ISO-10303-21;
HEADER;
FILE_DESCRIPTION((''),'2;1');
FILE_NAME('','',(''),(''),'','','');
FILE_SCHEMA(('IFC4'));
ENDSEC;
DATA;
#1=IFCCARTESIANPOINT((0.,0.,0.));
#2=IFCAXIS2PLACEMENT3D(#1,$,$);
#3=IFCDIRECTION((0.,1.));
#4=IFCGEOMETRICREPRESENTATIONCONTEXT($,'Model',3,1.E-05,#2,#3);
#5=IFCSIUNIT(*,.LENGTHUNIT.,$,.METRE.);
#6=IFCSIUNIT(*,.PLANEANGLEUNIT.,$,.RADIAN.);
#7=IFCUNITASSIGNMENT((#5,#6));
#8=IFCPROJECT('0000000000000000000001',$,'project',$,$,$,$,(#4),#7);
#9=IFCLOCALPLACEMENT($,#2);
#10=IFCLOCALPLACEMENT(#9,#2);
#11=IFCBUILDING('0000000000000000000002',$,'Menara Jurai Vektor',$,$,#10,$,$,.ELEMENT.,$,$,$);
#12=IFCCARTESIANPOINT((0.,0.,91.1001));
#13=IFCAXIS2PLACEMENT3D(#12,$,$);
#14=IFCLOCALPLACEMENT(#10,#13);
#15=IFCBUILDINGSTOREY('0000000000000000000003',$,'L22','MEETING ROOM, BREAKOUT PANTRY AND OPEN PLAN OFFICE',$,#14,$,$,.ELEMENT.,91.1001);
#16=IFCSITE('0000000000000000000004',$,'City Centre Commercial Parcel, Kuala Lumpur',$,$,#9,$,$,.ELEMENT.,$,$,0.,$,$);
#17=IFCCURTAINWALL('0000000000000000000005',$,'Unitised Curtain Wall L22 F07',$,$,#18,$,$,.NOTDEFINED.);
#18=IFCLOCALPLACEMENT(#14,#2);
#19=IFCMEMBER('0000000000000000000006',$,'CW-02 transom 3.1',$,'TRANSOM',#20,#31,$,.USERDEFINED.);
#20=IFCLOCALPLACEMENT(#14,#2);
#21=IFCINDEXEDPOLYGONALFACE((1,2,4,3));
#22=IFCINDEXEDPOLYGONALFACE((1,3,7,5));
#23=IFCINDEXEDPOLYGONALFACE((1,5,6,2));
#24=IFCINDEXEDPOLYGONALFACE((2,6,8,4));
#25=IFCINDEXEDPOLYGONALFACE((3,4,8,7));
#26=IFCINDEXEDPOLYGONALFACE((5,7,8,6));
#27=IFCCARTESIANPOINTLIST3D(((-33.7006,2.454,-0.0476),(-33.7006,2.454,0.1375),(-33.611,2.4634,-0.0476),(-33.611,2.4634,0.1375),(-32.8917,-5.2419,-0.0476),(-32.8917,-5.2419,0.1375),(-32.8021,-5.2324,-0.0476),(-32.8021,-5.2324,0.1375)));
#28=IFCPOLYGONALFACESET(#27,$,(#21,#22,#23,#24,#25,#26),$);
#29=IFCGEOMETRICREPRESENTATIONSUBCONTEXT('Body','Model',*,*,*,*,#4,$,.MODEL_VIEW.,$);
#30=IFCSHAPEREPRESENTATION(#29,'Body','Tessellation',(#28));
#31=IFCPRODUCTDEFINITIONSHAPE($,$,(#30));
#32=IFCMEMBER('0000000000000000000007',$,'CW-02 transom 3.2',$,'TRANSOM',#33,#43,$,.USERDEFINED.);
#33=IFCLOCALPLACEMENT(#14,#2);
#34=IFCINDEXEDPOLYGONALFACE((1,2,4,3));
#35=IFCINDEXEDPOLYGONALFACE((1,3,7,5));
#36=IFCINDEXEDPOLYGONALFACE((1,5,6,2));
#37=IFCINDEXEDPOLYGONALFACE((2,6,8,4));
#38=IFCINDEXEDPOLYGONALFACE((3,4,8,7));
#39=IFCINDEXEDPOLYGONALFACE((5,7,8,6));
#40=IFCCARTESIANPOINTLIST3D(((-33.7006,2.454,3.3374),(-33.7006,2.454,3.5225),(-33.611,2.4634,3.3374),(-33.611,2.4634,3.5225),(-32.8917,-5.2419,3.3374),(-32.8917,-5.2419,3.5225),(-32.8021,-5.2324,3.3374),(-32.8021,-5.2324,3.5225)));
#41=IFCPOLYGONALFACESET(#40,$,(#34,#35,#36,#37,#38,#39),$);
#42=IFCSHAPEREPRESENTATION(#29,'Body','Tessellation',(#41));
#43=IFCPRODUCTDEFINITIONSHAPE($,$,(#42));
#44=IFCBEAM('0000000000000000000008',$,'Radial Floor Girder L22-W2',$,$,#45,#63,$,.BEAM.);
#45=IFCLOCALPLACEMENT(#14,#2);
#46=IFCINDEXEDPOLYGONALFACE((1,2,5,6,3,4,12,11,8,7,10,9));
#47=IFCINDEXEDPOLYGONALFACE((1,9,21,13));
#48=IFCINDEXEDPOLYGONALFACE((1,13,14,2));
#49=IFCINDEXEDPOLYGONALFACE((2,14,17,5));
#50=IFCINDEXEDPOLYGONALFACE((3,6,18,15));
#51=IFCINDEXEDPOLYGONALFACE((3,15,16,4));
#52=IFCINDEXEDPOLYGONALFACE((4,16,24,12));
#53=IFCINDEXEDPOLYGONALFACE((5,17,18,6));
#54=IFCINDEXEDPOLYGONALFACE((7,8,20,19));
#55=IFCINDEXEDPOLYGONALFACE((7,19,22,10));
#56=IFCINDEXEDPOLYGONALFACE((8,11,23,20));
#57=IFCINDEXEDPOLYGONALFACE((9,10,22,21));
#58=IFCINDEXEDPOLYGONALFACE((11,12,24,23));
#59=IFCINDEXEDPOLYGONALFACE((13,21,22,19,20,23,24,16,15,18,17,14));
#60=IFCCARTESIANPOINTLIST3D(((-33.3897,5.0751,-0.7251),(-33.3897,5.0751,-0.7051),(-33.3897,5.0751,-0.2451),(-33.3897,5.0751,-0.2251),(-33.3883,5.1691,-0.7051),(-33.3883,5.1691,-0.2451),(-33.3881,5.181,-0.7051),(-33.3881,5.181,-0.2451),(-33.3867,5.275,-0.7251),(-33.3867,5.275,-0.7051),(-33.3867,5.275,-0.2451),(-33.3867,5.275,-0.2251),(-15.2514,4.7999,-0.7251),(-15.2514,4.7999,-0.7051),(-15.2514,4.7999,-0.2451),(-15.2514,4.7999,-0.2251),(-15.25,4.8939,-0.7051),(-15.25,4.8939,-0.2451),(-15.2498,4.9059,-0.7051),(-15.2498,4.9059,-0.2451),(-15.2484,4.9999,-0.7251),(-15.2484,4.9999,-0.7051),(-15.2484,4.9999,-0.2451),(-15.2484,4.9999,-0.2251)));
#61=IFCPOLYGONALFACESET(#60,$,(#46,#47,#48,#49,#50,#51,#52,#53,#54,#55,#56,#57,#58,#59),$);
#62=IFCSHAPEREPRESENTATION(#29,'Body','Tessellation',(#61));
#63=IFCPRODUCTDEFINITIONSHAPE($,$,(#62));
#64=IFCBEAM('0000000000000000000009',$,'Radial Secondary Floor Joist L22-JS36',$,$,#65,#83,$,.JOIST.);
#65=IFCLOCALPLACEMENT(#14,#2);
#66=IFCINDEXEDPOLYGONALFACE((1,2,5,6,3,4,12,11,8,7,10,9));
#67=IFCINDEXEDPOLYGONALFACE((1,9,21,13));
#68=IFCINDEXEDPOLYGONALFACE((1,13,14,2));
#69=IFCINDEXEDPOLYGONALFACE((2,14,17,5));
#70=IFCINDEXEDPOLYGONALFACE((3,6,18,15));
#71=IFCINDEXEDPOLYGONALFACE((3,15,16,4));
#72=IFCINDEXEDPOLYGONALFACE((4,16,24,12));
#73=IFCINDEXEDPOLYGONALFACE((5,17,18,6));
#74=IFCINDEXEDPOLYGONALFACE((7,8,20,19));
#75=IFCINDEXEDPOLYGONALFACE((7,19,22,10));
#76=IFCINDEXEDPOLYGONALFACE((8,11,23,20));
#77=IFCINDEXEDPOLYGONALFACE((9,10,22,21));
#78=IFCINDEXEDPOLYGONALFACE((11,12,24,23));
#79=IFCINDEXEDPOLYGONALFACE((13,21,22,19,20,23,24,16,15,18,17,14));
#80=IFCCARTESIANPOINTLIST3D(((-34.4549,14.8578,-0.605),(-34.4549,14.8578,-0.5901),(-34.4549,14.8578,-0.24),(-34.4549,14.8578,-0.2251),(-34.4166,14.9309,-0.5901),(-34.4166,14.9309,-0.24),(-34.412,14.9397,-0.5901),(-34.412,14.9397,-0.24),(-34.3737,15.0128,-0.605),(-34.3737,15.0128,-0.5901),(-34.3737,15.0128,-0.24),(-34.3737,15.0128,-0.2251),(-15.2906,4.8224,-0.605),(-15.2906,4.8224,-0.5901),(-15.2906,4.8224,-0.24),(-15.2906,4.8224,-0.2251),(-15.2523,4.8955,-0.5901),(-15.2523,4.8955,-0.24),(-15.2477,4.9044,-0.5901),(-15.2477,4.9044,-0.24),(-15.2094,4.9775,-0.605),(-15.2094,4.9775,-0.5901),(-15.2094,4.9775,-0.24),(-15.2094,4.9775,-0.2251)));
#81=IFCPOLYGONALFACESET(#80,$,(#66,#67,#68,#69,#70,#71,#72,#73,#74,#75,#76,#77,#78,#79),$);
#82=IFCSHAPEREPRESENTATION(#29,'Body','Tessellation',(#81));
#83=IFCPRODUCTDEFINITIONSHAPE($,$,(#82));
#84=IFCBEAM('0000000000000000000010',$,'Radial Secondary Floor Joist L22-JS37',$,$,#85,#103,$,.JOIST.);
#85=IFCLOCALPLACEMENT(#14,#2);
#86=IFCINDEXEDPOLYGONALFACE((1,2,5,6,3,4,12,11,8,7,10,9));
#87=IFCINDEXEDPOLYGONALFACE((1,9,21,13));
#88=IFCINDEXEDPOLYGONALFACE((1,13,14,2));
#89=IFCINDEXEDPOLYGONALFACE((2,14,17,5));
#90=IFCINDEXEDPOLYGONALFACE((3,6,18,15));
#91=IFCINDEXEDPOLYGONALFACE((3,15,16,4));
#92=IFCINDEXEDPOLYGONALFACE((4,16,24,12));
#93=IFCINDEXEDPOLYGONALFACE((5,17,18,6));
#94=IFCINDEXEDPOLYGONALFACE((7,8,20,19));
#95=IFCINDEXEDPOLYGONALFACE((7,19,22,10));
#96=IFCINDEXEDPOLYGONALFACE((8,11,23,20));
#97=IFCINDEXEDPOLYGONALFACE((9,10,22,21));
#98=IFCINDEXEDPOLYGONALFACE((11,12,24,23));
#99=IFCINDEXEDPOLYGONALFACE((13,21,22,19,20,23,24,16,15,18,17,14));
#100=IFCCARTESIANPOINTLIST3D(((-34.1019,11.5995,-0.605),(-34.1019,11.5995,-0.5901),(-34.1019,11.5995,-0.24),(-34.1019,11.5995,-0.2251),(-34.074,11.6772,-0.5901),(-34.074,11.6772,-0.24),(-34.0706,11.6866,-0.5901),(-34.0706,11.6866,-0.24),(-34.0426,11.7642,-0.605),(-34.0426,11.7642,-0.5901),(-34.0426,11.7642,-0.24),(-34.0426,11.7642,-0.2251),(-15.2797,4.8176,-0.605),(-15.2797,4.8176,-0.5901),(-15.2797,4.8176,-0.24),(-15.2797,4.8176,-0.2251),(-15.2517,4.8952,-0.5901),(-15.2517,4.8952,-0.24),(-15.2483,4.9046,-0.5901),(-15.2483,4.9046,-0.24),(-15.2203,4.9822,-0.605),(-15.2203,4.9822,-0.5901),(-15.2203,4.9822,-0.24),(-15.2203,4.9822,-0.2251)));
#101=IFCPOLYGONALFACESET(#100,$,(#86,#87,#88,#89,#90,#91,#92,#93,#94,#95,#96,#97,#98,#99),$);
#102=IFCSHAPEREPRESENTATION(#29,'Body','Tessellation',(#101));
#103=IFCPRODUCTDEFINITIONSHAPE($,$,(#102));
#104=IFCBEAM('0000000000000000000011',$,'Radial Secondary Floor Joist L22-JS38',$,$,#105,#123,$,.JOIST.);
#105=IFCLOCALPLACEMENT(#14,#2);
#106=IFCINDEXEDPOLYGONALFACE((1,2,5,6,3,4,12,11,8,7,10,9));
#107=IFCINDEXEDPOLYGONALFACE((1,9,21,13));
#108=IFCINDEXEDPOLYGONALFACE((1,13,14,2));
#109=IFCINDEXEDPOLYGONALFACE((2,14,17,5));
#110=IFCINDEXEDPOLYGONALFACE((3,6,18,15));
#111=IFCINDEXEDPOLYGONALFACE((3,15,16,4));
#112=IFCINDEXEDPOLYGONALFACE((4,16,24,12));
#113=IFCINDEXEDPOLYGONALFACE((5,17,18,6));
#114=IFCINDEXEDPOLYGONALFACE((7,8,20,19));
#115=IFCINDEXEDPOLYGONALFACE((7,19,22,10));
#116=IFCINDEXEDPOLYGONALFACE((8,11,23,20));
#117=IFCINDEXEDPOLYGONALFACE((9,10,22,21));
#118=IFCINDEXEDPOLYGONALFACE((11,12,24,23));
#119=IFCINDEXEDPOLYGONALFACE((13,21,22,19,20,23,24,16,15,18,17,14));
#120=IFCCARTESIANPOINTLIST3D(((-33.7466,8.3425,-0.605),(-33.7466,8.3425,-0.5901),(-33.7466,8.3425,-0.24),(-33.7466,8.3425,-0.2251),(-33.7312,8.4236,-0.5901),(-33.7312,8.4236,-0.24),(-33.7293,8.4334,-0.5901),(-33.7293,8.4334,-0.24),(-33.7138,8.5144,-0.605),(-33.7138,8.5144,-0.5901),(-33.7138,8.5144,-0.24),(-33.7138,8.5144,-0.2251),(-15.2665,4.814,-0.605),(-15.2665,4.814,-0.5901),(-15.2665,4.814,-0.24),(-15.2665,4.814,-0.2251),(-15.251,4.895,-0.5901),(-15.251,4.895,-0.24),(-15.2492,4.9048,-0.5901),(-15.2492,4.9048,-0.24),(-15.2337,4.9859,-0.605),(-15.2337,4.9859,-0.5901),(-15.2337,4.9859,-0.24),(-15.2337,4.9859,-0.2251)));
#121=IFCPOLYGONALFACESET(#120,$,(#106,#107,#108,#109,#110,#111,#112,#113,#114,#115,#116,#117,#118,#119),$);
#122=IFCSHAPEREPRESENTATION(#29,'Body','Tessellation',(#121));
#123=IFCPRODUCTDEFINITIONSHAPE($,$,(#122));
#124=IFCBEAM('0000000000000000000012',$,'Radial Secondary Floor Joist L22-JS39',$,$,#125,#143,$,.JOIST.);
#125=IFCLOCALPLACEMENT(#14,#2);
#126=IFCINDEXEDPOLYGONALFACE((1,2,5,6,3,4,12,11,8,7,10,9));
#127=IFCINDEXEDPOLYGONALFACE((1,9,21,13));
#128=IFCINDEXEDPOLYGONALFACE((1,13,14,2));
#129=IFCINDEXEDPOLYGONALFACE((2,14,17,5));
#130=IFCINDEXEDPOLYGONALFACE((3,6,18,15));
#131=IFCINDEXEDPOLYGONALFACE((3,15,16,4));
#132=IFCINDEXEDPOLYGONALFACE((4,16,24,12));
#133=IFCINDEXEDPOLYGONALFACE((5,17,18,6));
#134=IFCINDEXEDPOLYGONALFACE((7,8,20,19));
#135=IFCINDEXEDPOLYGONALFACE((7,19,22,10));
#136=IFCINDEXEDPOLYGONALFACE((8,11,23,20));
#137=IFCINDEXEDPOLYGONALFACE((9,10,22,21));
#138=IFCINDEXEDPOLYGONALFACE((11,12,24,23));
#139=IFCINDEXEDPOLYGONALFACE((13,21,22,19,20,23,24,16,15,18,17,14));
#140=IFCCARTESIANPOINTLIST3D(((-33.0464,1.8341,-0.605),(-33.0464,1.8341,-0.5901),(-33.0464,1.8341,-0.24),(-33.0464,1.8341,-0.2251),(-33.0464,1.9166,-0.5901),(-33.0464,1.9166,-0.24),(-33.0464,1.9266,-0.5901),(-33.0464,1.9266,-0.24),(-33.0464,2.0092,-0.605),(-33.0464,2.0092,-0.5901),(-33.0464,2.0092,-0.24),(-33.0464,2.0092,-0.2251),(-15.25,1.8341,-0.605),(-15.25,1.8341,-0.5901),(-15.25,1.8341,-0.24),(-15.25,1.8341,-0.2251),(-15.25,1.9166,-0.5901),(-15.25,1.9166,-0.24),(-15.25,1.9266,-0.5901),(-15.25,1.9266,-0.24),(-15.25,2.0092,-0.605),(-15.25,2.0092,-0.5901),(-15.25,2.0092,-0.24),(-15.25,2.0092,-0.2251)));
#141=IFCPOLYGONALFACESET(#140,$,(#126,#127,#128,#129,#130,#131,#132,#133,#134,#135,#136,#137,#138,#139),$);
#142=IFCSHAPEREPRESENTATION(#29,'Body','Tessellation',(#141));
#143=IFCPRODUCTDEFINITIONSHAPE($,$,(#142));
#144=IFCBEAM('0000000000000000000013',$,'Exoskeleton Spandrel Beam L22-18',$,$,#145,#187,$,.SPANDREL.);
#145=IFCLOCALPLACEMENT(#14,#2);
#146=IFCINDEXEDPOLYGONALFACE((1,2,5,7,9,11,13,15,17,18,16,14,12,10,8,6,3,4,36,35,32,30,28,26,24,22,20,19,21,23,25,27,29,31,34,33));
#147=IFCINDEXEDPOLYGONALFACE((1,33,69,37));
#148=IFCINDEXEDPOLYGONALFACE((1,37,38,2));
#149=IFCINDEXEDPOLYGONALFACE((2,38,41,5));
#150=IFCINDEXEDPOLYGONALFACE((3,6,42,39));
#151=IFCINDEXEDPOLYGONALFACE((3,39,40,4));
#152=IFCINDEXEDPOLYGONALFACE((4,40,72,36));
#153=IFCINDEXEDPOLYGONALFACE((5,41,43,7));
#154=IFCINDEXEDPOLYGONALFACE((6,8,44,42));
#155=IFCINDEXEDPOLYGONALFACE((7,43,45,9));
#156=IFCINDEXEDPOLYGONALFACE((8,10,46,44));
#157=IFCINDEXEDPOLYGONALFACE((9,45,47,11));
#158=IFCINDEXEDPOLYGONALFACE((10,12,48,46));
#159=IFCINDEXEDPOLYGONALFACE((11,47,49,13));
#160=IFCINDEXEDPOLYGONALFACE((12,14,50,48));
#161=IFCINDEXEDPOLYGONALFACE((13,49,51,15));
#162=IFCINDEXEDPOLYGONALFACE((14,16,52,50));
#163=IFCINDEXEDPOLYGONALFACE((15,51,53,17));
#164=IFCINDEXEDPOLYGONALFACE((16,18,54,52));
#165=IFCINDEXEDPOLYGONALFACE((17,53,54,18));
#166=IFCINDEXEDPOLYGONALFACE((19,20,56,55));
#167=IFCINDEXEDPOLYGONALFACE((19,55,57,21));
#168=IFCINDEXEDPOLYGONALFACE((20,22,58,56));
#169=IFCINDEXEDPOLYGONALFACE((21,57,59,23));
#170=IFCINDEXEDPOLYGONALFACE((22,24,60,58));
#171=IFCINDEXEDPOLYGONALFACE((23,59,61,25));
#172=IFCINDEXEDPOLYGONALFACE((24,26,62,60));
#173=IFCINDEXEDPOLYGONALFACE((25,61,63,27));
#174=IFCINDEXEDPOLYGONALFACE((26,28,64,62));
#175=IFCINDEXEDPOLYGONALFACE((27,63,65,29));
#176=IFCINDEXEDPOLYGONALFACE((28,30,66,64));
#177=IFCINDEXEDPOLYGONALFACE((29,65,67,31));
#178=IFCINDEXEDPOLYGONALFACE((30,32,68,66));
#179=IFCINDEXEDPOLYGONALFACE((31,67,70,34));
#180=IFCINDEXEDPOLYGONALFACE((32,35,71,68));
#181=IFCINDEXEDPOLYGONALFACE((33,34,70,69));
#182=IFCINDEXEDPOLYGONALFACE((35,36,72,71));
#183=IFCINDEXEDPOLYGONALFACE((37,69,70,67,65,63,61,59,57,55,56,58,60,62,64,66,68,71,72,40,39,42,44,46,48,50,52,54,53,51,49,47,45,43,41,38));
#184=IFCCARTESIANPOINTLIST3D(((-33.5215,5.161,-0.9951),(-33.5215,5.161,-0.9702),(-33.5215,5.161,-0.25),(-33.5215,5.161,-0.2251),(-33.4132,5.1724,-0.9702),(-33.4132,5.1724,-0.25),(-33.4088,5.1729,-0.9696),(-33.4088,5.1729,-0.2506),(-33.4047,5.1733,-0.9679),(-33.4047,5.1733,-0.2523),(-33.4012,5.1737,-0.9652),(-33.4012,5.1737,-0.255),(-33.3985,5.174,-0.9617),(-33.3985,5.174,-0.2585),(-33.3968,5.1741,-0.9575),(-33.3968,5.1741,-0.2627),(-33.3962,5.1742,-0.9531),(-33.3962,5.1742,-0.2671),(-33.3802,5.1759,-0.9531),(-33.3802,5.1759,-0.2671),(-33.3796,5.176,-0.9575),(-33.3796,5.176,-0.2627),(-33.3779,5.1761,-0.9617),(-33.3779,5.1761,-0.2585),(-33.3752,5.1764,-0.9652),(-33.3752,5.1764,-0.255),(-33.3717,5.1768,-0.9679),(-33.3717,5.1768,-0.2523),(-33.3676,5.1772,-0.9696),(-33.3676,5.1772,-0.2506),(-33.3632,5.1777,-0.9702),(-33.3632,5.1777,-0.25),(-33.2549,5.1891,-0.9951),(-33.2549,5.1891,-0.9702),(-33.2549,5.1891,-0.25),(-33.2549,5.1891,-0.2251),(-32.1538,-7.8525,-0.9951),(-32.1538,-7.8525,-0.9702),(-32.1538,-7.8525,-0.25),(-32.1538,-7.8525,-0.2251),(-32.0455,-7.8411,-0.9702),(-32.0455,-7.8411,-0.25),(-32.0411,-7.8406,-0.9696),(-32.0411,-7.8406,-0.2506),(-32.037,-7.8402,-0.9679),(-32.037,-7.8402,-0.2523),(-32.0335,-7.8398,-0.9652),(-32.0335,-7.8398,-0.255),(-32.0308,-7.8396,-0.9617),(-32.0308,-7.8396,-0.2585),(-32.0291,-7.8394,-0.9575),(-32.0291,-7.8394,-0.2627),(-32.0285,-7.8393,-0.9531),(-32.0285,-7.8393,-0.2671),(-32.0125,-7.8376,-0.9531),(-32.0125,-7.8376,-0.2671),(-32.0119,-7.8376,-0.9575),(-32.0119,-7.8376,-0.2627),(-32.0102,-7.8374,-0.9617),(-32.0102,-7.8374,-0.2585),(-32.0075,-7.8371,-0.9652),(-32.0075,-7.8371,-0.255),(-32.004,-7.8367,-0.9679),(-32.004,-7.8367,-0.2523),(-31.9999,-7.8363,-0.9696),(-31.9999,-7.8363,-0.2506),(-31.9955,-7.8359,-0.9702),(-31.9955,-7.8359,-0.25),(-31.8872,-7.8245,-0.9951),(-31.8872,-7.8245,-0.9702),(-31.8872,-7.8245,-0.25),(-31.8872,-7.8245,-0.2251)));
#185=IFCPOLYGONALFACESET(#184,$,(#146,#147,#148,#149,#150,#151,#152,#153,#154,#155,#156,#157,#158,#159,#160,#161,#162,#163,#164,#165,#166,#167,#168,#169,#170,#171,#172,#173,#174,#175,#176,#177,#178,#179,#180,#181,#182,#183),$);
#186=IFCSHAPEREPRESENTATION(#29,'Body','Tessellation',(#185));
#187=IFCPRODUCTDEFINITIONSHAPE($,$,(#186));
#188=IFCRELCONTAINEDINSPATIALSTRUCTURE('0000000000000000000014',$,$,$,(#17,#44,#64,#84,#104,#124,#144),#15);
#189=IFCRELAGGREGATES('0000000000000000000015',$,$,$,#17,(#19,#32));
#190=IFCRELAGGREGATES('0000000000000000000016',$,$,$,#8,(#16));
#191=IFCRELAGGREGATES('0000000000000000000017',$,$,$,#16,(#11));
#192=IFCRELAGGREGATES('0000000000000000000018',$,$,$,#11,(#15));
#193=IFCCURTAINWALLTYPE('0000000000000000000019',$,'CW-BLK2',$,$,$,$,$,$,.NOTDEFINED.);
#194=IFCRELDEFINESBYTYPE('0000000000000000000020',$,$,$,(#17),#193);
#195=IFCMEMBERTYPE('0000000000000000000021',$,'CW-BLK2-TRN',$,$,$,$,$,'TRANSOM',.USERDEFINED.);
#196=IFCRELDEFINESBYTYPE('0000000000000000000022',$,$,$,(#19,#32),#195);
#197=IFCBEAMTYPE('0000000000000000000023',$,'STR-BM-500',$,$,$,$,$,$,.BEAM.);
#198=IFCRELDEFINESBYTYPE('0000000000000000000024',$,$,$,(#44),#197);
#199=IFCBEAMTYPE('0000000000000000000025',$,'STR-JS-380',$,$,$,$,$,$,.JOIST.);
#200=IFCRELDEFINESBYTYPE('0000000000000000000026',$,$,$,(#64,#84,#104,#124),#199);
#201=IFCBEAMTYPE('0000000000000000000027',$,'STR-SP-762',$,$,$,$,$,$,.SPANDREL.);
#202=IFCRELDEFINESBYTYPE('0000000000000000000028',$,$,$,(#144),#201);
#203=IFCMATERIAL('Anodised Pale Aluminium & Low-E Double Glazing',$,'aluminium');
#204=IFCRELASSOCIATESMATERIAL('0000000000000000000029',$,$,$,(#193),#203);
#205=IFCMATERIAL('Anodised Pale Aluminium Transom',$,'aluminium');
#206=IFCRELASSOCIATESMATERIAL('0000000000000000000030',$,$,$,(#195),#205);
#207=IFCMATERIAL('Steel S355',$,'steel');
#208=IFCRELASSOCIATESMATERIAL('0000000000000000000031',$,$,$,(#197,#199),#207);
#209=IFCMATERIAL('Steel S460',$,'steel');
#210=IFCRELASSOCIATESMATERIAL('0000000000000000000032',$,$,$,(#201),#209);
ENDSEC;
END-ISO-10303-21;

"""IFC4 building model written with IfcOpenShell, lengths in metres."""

from ifc_helpers import new_model, si_unit, direction, frame, origin, origin_2d, place, context, subcontext, project, spatial, rectangle, i_section, extrude, material, material_profile, profile_set, type_object, element, aggregate, save


model = new_model("IFC4")

# Units and contexts
model_context = context("Model", 3, precision=1e-05, world=origin(), true_north=direction((0.0, 1.0)))
body_context = subcontext(model_context, "Body", "Model", "MODEL_VIEW")
ifc_project = project(units=[si_unit("LENGTHUNIT", "METRE"), si_unit("PLANEANGLEUNIT", "RADIAN")], contexts=[model_context])

# Site, building, storey
site_placement = place(None, origin())
site = spatial("IfcSite", under=ifc_project, at=site_placement, Name="City Centre Commercial Parcel, Kuala Lumpur", CompositionType="ELEMENT", RefElevation=0.0)
building_placement = place(site_placement, origin())
building = spatial("IfcBuilding", under=site, at=building_placement, Name="Menara Jurai Vektor", CompositionType="ELEMENT")
storey_placement = place(building_placement, frame((0.0, 0.0, 91.1001)))
storey = spatial("IfcBuildingStorey", under=building, at=storey_placement, Name="L22", Description="MEETING ROOM, BREAKOUT PANTRY AND OPEN PLAN OFFICE", CompositionType="ELEMENT", Elevation=91.1001)

# Shared definitions
ifc_material_1 = material(Name="Steel S460", Category="steel")

# Curtain wall, members
ifc_material_2 = material(Name="Anodised Pale Aluminium & Low-E Double Glazing", Category="aluminium")
curtain_wall_type = type_object("IfcCurtainWallType", Name="CW-BLK2", PredefinedType="NOTDEFINED", material=ifc_material_2)
curtain_wall_placement = place(storey_placement, origin())
curtain_wall = element("IfcCurtainWall", 1, at=curtain_wall_placement, inside=storey, type_object=curtain_wall_type, Name="Unitised Curtain Wall L22 F07", PredefinedType="NOTDEFINED")
ifc_material_3 = material(Name="Anodised Pale Aluminium Transom", Category="aluminium")
ifc_material_profile_1 = material_profile(ifc_material_3, rectangle(XDim=0.0901, YDim=0.1851, at=origin_2d()), Name="ALU TRN 90x185")
ifc_profile_set_1 = profile_set([ifc_material_profile_1], Name="Anodised Pale Aluminium Transom")
member_type_1 = type_object("IfcMemberType", Name="CW-BLK2-TRN", ElementType="TRANSOM", PredefinedType="USERDEFINED", material=ifc_profile_set_1)
member_1_placement = place(storey_placement, frame((-33.6558, 2.4587, 0.0449), z_axis=(0.104525, -0.994522, 0.0), x_axis=(0.994522, 0.104525, 0.0)))
member_1 = element("IfcMember", 2, at=member_1_placement, type_object=member_type_1, Name="CW-02 transom 3.1", ObjectType="TRANSOM", PredefinedType="USERDEFINED", context=body_context, shape_type="SweptSolid", body=[
    extrude(rectangle(XDim=0.0901, YDim=0.1851, at=origin_2d()), origin(), (0.0, 0.0, 1.0), 7.7383),
])
member_2_placement = place(storey_placement, frame((-33.6558, 2.4587, 3.4299), z_axis=(0.104525, -0.994522, 0.0), x_axis=(0.994522, 0.104525, 0.0)))
member_2 = element("IfcMember", 3, at=member_2_placement, type_object=member_type_1, Name="CW-02 transom 3.2", ObjectType="TRANSOM", PredefinedType="USERDEFINED", context=body_context, shape_type="SweptSolid", body=[
    extrude(rectangle(XDim=0.0901, YDim=0.1851, at=origin_2d()), origin(), (0.0, 0.0, 1.0), 7.7383),
])

# Beams
ifc_material_4 = material(Name="Steel S355", Category="steel")
ifc_material_profile_2 = material_profile(ifc_material_4, i_section(OverallWidth=0.2, OverallDepth=0.5, WebThickness=0.012, FlangeThickness=0.02, at=origin_2d()), Name="PG 500x200x96")
ifc_profile_set_2 = profile_set([ifc_material_profile_2], Name="Steel S355")
beam_type_1 = type_object("IfcBeamType", Name="STR-BM-500", PredefinedType="BEAM", material=ifc_profile_set_2)
beam_1_placement = place(storey_placement, frame((-33.3882, 5.175, -0.4751), z_axis=(0.999885, -0.015168, 0.0), x_axis=(0.015168, 0.999885, 0.0)))
element("IfcBeam", 4, at=beam_1_placement, inside=storey, type_object=beam_type_1, Name="Radial Floor Girder L22-W2", PredefinedType="BEAM", context=body_context, shape_type="SweptSolid", body=[
    extrude(i_section(OverallWidth=0.2, OverallDepth=0.5, WebThickness=0.012, FlangeThickness=0.02, at=origin_2d()), origin(), (0.0, 0.0, 1.0), 18.1404),
])
ifc_material_profile_3 = material_profile(ifc_material_4, i_section(OverallWidth=0.175, OverallDepth=0.3799, WebThickness=0.01, FlangeThickness=0.0149, at=origin_2d()), Name="PG 380x175x58")
ifc_profile_set_3 = profile_set([ifc_material_profile_3], Name="Steel S355")
beam_type_2 = type_object("IfcBeamType", Name="STR-JS-380", PredefinedType="JOIST", material=ifc_profile_set_3)
beam_2_placement = place(storey_placement, frame((-34.4143, 14.9353, -0.415), z_axis=(0.885889, -0.463897, 0.0), x_axis=(0.463897, 0.885889, 0.0)))
element("IfcBeam", 5, at=beam_2_placement, inside=storey, type_object=beam_type_2, Name="Radial Secondary Floor Joist L22-JS36", PredefinedType="JOIST", context=body_context, shape_type="SweptSolid", body=[
    extrude(i_section(OverallWidth=0.175, OverallDepth=0.3799, WebThickness=0.01, FlangeThickness=0.0149, at=origin_2d()), origin(), (0.0, 0.0, 1.0), 21.6328),
])
beam_3_placement = place(storey_placement, frame((-34.0723, 11.6819, -0.415), z_axis=(0.940792, -0.338983, 0.0), x_axis=(0.338983, 0.940792, 0.0)))
element("IfcBeam", 6, at=beam_3_placement, inside=storey, type_object=beam_type_2, Name="Radial Secondary Floor Joist L22-JS37", PredefinedType="JOIST", context=body_context, shape_type="SweptSolid", body=[
    extrude(i_section(OverallWidth=0.175, OverallDepth=0.3799, WebThickness=0.01, FlangeThickness=0.0149, at=origin_2d()), origin(), (0.0, 0.0, 1.0), 20.0068),
])
beam_4_placement = place(storey_placement, frame((-33.7302, 8.4285, -0.415), z_axis=(0.982255, -0.187549, 0.0), x_axis=(0.187549, 0.982255, 0.0)))
element("IfcBeam", 7, at=beam_4_placement, inside=storey, type_object=beam_type_2, Name="Radial Secondary Floor Joist L22-JS38", PredefinedType="JOIST", context=body_context, shape_type="SweptSolid", body=[
    extrude(i_section(OverallWidth=0.175, OverallDepth=0.3799, WebThickness=0.01, FlangeThickness=0.0149, at=origin_2d()), origin(), (0.0, 0.0, 1.0), 18.814),
])
beam_5_placement = place(storey_placement, frame((-33.0464, 1.9216, -0.415), z_axis=(1.0, 0.0, 0.0), x_axis=(0.0, 1.0, 0.0)))
element("IfcBeam", 8, at=beam_5_placement, inside=storey, type_object=beam_type_2, Name="Radial Secondary Floor Joist L22-JS39", PredefinedType="JOIST", context=body_context, shape_type="SweptSolid", body=[
    extrude(i_section(OverallWidth=0.175, OverallDepth=0.3799, WebThickness=0.01, FlangeThickness=0.0149, at=origin_2d()), origin(), (0.0, 0.0, 1.0), 17.7964),
])
ifc_material_profile_4 = material_profile(ifc_material_1, i_section(OverallWidth=0.2681, OverallDepth=0.77, WebThickness=0.0161, FlangeThickness=0.0249, FilletRadius=0.0171, at=origin_2d()), Name="UKB 762x267x197")
ifc_profile_set_4 = profile_set([ifc_material_profile_4], Name="Steel S460")
beam_type_3 = type_object("IfcBeamType", Name="STR-SP-762", PredefinedType="SPANDREL", material=ifc_profile_set_4)
beam_6_placement = place(storey_placement, frame((-33.3882, 5.175, -0.6101), z_axis=(0.104522, -0.994523, 0.0), x_axis=(0.994523, 0.104522, 0.0)))
element("IfcBeam", 9, at=beam_6_placement, inside=storey, type_object=beam_type_3, Name="Exoskeleton Spandrel Beam L22-18", PredefinedType="SPANDREL", context=body_context, shape_type="SweptSolid", body=[
    extrude(i_section(OverallWidth=0.2681, OverallDepth=0.77, WebThickness=0.0161, FlangeThickness=0.0249, FilletRadius=0.0171, at=origin_2d()), origin(), (0.0, 0.0, 1.0), 13.0852),
])

aggregate(curtain_wall, [member_1, member_2])

save(model, "model.ifc")
